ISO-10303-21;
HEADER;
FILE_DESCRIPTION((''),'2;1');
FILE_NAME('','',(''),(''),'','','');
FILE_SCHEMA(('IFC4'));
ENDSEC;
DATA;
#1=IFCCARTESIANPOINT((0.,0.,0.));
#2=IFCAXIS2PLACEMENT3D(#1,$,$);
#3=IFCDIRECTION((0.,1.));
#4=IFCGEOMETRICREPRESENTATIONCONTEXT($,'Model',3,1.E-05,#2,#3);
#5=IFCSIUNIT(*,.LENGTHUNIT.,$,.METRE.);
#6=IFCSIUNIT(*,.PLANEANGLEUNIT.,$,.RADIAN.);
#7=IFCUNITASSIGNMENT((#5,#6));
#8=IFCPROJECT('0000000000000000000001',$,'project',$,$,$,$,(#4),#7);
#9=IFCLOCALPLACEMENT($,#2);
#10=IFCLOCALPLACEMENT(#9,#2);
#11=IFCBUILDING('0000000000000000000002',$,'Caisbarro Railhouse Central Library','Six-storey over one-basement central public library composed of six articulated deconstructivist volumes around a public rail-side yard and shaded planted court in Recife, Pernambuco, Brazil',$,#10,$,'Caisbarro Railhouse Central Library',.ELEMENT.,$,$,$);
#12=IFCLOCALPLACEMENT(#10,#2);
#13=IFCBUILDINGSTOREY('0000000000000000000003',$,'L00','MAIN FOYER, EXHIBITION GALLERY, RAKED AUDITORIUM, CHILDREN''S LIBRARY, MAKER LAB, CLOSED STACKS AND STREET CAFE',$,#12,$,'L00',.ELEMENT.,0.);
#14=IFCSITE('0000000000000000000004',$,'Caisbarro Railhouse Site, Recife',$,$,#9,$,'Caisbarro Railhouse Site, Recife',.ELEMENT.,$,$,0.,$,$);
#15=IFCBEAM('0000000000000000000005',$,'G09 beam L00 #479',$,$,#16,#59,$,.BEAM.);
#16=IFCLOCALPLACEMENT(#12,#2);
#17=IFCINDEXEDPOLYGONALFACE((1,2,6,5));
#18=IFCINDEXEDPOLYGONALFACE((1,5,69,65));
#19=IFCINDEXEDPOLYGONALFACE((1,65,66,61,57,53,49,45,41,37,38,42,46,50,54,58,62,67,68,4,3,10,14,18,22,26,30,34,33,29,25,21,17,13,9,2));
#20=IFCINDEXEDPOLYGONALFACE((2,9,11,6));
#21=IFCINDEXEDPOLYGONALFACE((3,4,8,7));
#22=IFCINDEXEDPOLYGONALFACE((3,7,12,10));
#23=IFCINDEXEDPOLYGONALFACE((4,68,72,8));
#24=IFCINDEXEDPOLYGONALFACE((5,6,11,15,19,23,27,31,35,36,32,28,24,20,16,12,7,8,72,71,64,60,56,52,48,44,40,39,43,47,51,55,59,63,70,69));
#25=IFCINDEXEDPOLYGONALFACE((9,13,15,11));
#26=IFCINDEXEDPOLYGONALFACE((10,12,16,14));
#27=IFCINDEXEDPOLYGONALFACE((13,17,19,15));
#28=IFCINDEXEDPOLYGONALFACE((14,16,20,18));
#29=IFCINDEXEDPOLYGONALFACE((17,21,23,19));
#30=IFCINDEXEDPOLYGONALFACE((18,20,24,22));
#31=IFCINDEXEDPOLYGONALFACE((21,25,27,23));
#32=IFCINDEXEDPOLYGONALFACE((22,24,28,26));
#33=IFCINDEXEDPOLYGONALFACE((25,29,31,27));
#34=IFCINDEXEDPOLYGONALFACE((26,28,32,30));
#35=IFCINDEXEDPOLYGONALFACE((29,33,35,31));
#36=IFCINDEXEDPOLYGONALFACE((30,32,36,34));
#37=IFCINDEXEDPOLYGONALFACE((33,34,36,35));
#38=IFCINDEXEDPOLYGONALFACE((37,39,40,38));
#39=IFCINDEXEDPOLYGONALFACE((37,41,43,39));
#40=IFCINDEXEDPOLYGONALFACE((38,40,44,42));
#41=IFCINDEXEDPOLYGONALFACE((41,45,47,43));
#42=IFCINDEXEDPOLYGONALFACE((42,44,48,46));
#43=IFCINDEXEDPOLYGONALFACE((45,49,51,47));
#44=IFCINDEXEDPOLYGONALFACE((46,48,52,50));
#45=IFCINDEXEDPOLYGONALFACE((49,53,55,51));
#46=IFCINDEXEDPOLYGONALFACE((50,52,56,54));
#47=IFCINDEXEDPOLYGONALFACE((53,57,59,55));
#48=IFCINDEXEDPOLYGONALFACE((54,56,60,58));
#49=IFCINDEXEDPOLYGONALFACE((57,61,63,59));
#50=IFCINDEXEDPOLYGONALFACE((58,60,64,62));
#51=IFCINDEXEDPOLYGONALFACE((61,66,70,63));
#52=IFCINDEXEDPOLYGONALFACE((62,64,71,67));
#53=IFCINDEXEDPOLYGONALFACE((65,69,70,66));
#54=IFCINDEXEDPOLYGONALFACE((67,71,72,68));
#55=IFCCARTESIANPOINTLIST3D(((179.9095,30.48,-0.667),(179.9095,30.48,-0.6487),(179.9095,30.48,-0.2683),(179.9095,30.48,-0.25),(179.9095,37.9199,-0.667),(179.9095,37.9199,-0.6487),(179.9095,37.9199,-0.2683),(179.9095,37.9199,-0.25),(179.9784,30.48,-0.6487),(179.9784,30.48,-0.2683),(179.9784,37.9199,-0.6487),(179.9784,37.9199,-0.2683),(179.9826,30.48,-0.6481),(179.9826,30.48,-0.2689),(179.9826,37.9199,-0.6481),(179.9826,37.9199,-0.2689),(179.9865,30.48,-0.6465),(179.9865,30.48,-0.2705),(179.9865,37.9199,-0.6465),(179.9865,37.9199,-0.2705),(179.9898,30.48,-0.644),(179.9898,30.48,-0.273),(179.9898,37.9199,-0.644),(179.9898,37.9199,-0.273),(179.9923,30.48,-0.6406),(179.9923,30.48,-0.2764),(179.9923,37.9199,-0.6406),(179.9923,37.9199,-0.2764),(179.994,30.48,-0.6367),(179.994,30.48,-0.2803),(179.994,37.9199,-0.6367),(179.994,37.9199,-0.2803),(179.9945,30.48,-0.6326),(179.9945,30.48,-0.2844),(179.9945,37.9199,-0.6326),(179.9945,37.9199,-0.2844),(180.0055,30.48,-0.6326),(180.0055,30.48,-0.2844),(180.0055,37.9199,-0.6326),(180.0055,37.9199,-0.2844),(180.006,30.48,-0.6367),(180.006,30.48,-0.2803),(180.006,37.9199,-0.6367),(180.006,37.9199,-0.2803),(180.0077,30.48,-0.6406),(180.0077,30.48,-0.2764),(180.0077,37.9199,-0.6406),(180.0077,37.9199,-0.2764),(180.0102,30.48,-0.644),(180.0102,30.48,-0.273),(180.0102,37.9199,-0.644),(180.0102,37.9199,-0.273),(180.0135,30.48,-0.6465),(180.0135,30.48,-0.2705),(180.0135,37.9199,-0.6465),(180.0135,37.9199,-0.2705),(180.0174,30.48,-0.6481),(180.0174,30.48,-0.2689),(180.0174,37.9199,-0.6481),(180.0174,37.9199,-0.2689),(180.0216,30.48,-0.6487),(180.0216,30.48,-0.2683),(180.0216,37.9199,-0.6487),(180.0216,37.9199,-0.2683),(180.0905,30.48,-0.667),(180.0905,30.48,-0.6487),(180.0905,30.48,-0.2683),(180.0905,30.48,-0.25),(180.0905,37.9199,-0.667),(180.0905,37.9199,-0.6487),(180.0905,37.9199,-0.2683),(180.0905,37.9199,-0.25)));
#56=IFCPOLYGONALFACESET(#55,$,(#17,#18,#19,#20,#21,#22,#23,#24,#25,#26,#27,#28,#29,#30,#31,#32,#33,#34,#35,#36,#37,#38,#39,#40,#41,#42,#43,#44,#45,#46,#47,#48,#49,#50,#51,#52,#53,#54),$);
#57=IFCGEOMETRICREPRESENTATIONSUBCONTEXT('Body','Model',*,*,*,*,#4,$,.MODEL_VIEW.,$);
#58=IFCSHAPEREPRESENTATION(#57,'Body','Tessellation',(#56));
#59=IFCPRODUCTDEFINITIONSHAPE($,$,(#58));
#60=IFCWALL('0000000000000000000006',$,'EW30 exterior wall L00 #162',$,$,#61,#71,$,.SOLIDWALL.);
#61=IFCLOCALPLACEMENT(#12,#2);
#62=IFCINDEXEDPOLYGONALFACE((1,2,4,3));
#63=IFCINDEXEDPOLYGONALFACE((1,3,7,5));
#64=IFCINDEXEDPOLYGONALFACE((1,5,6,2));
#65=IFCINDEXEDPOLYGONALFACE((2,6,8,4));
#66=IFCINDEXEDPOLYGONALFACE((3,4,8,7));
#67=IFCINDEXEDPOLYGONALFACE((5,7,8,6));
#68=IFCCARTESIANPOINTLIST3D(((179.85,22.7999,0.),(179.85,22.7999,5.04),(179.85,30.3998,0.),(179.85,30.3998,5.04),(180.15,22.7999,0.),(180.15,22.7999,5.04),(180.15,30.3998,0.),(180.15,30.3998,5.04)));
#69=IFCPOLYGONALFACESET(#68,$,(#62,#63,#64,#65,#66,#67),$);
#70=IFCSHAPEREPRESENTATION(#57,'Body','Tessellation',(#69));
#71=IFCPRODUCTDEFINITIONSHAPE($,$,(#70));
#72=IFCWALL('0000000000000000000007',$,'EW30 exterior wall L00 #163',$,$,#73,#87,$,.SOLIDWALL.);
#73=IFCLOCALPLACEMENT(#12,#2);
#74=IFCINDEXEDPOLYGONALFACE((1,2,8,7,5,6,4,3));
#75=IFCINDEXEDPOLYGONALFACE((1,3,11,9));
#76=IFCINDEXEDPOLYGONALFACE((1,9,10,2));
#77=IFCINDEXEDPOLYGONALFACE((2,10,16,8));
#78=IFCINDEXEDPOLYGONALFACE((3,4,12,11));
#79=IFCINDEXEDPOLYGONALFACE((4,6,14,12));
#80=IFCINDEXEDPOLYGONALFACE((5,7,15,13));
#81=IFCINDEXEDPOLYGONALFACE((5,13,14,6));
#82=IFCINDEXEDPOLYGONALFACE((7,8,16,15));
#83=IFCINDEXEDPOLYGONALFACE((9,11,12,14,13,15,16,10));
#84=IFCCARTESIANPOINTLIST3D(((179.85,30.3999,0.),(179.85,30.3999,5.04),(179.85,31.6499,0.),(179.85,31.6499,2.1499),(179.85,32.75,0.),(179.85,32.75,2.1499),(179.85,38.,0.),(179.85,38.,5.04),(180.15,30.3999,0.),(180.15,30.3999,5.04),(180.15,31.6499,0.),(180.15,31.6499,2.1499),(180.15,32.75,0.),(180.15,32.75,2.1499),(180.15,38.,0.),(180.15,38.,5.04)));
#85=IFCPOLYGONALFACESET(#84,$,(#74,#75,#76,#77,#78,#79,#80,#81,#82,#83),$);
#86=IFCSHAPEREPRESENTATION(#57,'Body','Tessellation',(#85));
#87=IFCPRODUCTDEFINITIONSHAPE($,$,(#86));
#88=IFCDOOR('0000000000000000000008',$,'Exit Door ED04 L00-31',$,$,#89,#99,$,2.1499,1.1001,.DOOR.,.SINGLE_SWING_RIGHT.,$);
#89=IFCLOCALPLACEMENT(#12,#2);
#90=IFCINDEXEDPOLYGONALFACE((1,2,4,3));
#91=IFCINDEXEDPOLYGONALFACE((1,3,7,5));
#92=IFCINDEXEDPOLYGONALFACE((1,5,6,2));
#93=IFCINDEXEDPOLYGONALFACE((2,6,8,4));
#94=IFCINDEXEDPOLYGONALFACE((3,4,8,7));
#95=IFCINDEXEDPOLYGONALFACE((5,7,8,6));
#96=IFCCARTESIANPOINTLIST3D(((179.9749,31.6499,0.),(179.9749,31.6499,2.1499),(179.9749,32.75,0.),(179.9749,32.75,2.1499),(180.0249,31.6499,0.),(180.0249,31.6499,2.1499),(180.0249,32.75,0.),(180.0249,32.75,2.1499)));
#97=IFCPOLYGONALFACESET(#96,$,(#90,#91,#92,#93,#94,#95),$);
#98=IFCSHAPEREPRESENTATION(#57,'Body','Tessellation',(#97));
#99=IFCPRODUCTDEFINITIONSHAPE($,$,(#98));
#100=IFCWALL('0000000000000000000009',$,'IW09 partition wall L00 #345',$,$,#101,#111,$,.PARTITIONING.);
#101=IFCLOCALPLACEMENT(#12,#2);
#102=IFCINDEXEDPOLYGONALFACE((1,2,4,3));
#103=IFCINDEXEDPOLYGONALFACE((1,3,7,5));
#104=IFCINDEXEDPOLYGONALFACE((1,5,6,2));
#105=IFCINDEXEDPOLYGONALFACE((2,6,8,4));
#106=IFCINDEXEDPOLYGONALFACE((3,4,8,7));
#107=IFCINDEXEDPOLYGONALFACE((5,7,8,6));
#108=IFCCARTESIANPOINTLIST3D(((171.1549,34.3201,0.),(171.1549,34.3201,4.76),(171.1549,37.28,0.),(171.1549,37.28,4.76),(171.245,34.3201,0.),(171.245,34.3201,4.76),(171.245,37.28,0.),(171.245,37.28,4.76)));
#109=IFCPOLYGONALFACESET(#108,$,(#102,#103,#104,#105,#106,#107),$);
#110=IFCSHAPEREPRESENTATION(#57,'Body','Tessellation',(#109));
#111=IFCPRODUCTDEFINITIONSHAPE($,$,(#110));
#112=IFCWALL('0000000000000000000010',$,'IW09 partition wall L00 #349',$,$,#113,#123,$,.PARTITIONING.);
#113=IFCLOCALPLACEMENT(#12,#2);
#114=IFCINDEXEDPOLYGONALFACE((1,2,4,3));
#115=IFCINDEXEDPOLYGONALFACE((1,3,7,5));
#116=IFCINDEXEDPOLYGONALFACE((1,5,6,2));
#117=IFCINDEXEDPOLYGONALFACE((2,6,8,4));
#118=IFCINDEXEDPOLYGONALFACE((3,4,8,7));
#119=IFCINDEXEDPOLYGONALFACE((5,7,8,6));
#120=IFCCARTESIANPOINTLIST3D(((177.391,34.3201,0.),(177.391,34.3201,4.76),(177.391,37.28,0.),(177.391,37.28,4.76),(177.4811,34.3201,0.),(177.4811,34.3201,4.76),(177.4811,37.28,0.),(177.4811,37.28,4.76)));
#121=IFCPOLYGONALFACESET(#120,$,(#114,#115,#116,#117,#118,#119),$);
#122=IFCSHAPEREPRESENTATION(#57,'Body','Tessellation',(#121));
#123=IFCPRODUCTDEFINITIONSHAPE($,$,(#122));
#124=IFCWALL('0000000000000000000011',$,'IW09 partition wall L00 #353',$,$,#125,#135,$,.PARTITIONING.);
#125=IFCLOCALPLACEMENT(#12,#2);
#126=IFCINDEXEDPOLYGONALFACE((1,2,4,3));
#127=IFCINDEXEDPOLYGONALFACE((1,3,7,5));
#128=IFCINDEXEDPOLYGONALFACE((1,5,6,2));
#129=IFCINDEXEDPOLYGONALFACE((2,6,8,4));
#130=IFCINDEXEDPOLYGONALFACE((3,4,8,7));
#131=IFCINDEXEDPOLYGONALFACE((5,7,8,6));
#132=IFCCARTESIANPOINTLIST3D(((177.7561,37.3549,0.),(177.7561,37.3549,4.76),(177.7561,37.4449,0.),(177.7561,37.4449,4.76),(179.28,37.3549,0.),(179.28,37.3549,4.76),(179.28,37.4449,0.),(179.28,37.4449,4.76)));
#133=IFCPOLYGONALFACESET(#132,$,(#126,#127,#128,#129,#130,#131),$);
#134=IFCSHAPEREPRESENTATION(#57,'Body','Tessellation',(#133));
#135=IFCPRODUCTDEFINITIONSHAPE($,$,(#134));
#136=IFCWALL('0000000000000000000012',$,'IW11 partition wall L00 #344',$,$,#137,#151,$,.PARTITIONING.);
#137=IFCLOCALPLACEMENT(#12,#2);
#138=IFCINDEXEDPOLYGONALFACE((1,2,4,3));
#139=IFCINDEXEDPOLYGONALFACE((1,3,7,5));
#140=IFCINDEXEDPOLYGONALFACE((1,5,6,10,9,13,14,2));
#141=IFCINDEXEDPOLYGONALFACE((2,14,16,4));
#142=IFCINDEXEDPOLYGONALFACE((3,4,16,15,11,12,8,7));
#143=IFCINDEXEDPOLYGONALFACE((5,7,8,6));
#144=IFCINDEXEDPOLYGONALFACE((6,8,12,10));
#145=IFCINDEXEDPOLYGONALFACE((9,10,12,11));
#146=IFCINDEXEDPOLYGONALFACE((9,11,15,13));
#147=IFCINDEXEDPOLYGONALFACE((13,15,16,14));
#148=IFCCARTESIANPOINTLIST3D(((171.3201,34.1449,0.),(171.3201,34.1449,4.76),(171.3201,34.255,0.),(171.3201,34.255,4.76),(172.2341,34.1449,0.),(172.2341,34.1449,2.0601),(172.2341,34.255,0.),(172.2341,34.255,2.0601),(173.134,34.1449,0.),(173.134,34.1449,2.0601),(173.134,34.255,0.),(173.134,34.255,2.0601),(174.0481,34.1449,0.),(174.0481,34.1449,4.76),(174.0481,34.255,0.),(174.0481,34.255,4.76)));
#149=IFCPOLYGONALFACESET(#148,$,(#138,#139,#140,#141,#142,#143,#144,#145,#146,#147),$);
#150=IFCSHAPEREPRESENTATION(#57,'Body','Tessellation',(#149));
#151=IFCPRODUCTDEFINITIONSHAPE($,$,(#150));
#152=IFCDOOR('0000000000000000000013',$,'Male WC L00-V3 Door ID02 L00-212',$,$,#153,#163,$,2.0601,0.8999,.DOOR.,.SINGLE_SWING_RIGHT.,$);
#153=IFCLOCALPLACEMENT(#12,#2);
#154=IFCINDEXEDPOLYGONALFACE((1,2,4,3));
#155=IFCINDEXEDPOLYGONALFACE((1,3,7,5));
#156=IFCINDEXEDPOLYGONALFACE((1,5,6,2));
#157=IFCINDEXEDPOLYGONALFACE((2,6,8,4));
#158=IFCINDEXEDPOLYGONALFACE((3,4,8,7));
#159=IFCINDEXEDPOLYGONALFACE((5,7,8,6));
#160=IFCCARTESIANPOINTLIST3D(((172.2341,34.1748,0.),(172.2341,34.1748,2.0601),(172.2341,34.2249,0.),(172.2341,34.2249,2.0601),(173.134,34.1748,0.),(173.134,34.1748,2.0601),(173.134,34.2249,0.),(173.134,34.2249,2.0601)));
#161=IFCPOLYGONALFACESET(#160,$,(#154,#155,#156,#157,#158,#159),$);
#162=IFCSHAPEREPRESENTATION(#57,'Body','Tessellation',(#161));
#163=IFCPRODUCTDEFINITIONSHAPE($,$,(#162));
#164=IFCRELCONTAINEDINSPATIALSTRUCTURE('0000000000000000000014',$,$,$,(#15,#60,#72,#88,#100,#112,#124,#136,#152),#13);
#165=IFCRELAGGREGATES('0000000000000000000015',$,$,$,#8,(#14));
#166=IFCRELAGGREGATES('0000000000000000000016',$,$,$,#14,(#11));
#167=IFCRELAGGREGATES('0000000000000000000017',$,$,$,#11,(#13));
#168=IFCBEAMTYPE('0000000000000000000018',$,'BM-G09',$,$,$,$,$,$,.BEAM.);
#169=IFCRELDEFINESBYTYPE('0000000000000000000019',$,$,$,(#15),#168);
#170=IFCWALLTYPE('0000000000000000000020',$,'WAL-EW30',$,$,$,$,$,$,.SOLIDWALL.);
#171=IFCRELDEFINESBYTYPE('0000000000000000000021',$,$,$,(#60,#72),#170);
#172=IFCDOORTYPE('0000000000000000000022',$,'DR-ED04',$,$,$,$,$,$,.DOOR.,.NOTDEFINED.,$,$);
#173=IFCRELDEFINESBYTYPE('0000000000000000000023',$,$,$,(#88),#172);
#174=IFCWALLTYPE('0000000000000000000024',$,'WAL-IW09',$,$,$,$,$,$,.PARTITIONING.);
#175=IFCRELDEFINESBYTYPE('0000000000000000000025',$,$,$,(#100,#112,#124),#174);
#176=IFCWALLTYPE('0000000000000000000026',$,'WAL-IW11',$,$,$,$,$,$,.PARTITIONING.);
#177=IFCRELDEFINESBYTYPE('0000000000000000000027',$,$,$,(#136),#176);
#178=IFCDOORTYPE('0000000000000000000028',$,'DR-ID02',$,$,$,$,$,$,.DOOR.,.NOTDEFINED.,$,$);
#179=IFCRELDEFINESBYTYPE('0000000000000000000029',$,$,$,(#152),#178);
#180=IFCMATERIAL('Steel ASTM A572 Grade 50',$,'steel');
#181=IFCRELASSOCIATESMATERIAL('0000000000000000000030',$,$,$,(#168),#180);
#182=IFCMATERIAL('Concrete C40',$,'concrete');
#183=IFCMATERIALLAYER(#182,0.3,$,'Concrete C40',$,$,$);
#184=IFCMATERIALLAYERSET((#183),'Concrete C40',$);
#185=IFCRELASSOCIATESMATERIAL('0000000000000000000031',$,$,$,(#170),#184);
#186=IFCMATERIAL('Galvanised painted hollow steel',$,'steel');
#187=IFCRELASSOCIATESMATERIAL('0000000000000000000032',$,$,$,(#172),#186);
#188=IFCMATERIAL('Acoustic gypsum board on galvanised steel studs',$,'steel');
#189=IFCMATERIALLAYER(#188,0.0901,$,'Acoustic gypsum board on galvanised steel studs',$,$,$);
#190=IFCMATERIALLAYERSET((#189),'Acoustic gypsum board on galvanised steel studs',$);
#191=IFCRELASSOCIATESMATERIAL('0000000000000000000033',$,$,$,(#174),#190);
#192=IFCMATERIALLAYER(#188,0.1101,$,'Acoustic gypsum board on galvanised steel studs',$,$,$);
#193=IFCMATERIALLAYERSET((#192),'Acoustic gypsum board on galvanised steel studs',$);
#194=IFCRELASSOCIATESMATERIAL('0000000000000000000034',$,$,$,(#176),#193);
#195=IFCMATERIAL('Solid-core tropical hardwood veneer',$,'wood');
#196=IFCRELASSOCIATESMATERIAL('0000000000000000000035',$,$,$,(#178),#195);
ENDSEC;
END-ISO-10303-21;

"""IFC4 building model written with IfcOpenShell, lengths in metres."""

from ifc_helpers import new_model, si_unit, direction, frame, frame_2d, origin, origin_2d, place, context, subcontext, project, spatial, rectangle, i_section, extrude, material, layer, layer_set, material_profile, profile_set, type_object, element, fill, save


model = new_model("IFC4")

# Units and contexts
model_context = context("Model", 3, precision=1e-05, world=origin(), true_north=direction((0.0, 1.0)))
body_context = subcontext(model_context, "Body", "Model", "MODEL_VIEW")
ifc_project = project(units=[si_unit("LENGTHUNIT", "METRE"), si_unit("PLANEANGLEUNIT", "RADIAN")], contexts=[model_context])

# Site, building, storey
site_placement = place(None, origin())
site = spatial("IfcSite", under=ifc_project, at=site_placement, Name="Caisbarro Railhouse Site, Recife", LongName="Caisbarro Railhouse Site, Recife", CompositionType="ELEMENT", RefElevation=0.0)
building_placement = place(site_placement, origin())
building = spatial("IfcBuilding", under=site, at=building_placement, Name="Caisbarro Railhouse Central Library", Description="Six-storey over one-basement central public library composed of six articulated deconstructivist volumes around a public rail-side yard and shaded planted court in Recife, Pernambuco, Brazil", LongName="Caisbarro Railhouse Central Library", CompositionType="ELEMENT")
storey_placement = place(building_placement, origin())
storey = spatial("IfcBuildingStorey", under=building, at=storey_placement, Name="L00", Description="MAIN FOYER, EXHIBITION GALLERY, RAKED AUDITORIUM, CHILDREN'S LIBRARY, MAKER LAB, CLOSED STACKS AND STREET CAFE", LongName="L00", CompositionType="ELEMENT", Elevation=0.0)

# Shared definitions
ifc_material_1 = material(Name="Steel ASTM A572 Grade 50", Category="steel")

# Beam
ifc_material_profile_1 = material_profile(ifc_material_1, i_section(OverallWidth=0.1809, OverallDepth=0.417, WebThickness=0.011, FlangeThickness=0.0183, FilletRadius=0.0161, at=origin_2d()), Name="W410X85.0")
ifc_profile_set_1 = profile_set([ifc_material_profile_1], Name="Steel ASTM A572 Grade 50")
beam_type = type_object("IfcBeamType", Name="BM-G09", PredefinedType="BEAM", material=ifc_profile_set_1)
beam_1_placement = place(storey_placement, frame((180.0, 30.48, -0.4585), z_axis=(0.0, 1.0, 0.0), x_axis=(-1.0, 0.0, 0.0)))
element("IfcBeam", 1, at=beam_1_placement, inside=storey, type_object=beam_type, Name="G09 beam L00 #479", PredefinedType="BEAM", context=body_context, shape_type="SweptSolid", body=[
    extrude(i_section(OverallWidth=0.1809, OverallDepth=0.417, WebThickness=0.011, FlangeThickness=0.0183, FilletRadius=0.0161, at=origin_2d()), origin(), (0.0, 0.0, 1.0), 7.4399),
])

# Wall
ifc_material_2 = material(Name="Concrete C40", Category="concrete")
ifc_layer_1 = layer(ifc_material_2, 0.3, Name="Concrete C40")
ifc_layer_set_1 = layer_set([ifc_layer_1], Name="Concrete C40")
wall_type_1 = type_object("IfcWallType", Name="WAL-EW30", PredefinedType="SOLIDWALL", material=ifc_layer_set_1)
wall_1_placement = place(storey_placement, frame((180.0, 22.8, 0.0), z_axis=(0.0, 0.0, 1.0), x_axis=(0.0, 1.0, 0.0)))
element("IfcWall", 2, at=wall_1_placement, inside=storey, type_object=wall_type_1, Name="EW30 exterior wall L00 #162", PredefinedType="SOLIDWALL", context=body_context, shape_type="SweptSolid", body=[
    extrude(rectangle(XDim=7.5999, YDim=0.3, at=frame_2d((3.7998, 0.0))), origin(), (0.0, 0.0, 1.0), 5.04),
])

# Wall, opening, door
wall_2_placement = place(storey_placement, frame((180.0, 30.3999, 0.0), z_axis=(0.0, 0.0, 1.0), x_axis=(0.0, 1.0, 0.0)))
wall_2 = element("IfcWall", 3, at=wall_2_placement, inside=storey, type_object=wall_type_1, Name="EW30 exterior wall L00 #163", PredefinedType="SOLIDWALL", context=body_context, shape_type="SweptSolid", body=[
    extrude(rectangle(XDim=7.6001, YDim=0.3, at=frame_2d((3.8, 0.0))), origin(), (0.0, 0.0, 1.0), 5.04),
])
opening_1_placement = place(wall_2_placement, frame((1.25, 0.0, 0.0)))
opening_1 = element("IfcOpeningElement", 4, at=opening_1_placement, cuts=wall_2, PredefinedType="OPENING", context=body_context, shape_type="SweptSolid", body=[
    extrude(rectangle(XDim=1.1001, YDim=2.1499, at=frame_2d((0.55, 1.075))), frame((0.0, 0.1602, 0.0), z_axis=(0.0, -1.0, 0.0), x_axis=(1.0, 0.0, 0.0)), (0.0, 0.0, 1.0), 0.3201),
])
ifc_material_3 = material(Name="Galvanised painted hollow steel", Category="steel")
door_type_1 = type_object("IfcDoorType", Name="DR-ED04", OperationType="NOTDEFINED", PredefinedType="DOOR", material=ifc_material_3)
door_1_placement = place(opening_1_placement, frame((1.1001, 0.0, 0.0), z_axis=(0.0, 0.0, 1.0), x_axis=(-1.0, 0.0, 0.0)))
door_1 = element("IfcDoor", 5, at=door_1_placement, inside=storey, type_object=door_type_1, Name="Exit Door ED04 L00-31", OperationType="SINGLE_SWING_RIGHT", OverallHeight=2.1499, OverallWidth=1.1001, PredefinedType="DOOR", context=body_context, shape_type="SweptSolid", body=[
    extrude(rectangle(XDim=1.1001, YDim=2.1499, at=frame_2d((0.55, 1.075))), frame((0.0, 0.0249, 0.0), z_axis=(0.0, -1.0, 0.0), x_axis=(1.0, 0.0, 0.0)), (0.0, 0.0, 1.0), 0.05),
])
fill(opening_1, door_1)

# Walls
ifc_material_4 = material(Name="Acoustic gypsum board on galvanised steel studs", Category="steel")
ifc_layer_2 = layer(ifc_material_4, 0.0901, Name="Acoustic gypsum board on galvanised steel studs")
ifc_layer_set_2 = layer_set([ifc_layer_2], Name="Acoustic gypsum board on galvanised steel studs")
wall_type_2 = type_object("IfcWallType", Name="WAL-IW09", PredefinedType="PARTITIONING", material=ifc_layer_set_2)
for number, where, z_axis, x_axis, name in (
    (6, (171.2, 34.3201, 0.0), (0.0, 0.0, 1.0), (0.0, 1.0, 0.0), "IW09 partition wall L00 #345"),
    (7, (177.436, 34.3201, 0.0), (0.0, 0.0, 1.0), (0.0, 1.0, 0.0), "IW09 partition wall L00 #349"),
):
    element("IfcWall", number, at=place(storey_placement, frame(where, z_axis=z_axis, x_axis=x_axis)), inside=storey, type_object=wall_type_2, Name=name, PredefinedType="PARTITIONING", context=body_context, shape_type="SweptSolid", body=[
        extrude(rectangle(XDim=2.96, YDim=0.0901, at=frame_2d((1.48, 0.0))), origin(), (0.0, 0.0, 1.0), 4.76),
    ])
wall_3_placement = place(storey_placement, frame((177.7561, 37.3999, 0.0), z_axis=(0.0, 0.0, 1.0), x_axis=(1.0, 0.0, 0.0)))
element("IfcWall", 8, at=wall_3_placement, inside=storey, type_object=wall_type_2, Name="IW09 partition wall L00 #353", PredefinedType="PARTITIONING", context=body_context, shape_type="SweptSolid", body=[
    extrude(rectangle(XDim=1.5239, YDim=0.0901, at=frame_2d((0.762, 0.0))), origin(), (0.0, 0.0, 1.0), 4.76),
])

# Wall, opening, door
ifc_layer_3 = layer(ifc_material_4, 0.1101, Name="Acoustic gypsum board on galvanised steel studs")
ifc_layer_set_3 = layer_set([ifc_layer_3], Name="Acoustic gypsum board on galvanised steel studs")
wall_type_3 = type_object("IfcWallType", Name="WAL-IW11", PredefinedType="PARTITIONING", material=ifc_layer_set_3)
wall_4_placement = place(storey_placement, frame((171.3201, 34.2, 0.0), z_axis=(0.0, 0.0, 1.0), x_axis=(1.0, 0.0, 0.0)))
wall_4 = element("IfcWall", 9, at=wall_4_placement, inside=storey, type_object=wall_type_3, Name="IW11 partition wall L00 #344", PredefinedType="PARTITIONING", context=body_context, shape_type="SweptSolid", body=[
    extrude(rectangle(XDim=2.728, YDim=0.1101, at=frame_2d((1.364, 0.0))), origin(), (0.0, 0.0, 1.0), 4.76),
])
opening_2_placement = place(wall_4_placement, frame((0.9141, 0.0, 0.0)))
opening_2 = element("IfcOpeningElement", 10, at=opening_2_placement, cuts=wall_4, PredefinedType="OPENING", context=body_context, shape_type="SweptSolid", body=[
    extrude(rectangle(XDim=0.8999, YDim=2.0601, at=frame_2d((0.45, 1.03))), frame((0.0, 0.0649, 0.0), z_axis=(0.0, -1.0, 0.0), x_axis=(1.0, 0.0, 0.0)), (0.0, 0.0, 1.0), 0.1301),
])
ifc_material_5 = material(Name="Solid-core tropical hardwood veneer", Category="wood")
door_type_2 = type_object("IfcDoorType", Name="DR-ID02", OperationType="NOTDEFINED", PredefinedType="DOOR", material=ifc_material_5)
door_2_placement = place(opening_2_placement, origin())
door_2 = element("IfcDoor", 11, at=door_2_placement, inside=storey, type_object=door_type_2, Name="Male WC L00-V3 Door ID02 L00-212", OperationType="SINGLE_SWING_RIGHT", OverallHeight=2.0601, OverallWidth=0.8999, PredefinedType="DOOR", context=body_context, shape_type="SweptSolid", body=[
    extrude(rectangle(XDim=0.8999, YDim=2.0601, at=frame_2d((0.45, 1.03))), frame((0.0, 0.0249, 0.0), z_axis=(0.0, -1.0, 0.0), x_axis=(1.0, 0.0, 0.0)), (0.0, 0.0, 1.0), 0.05),
])
fill(opening_2, door_2)

save(model, "model.ifc")
